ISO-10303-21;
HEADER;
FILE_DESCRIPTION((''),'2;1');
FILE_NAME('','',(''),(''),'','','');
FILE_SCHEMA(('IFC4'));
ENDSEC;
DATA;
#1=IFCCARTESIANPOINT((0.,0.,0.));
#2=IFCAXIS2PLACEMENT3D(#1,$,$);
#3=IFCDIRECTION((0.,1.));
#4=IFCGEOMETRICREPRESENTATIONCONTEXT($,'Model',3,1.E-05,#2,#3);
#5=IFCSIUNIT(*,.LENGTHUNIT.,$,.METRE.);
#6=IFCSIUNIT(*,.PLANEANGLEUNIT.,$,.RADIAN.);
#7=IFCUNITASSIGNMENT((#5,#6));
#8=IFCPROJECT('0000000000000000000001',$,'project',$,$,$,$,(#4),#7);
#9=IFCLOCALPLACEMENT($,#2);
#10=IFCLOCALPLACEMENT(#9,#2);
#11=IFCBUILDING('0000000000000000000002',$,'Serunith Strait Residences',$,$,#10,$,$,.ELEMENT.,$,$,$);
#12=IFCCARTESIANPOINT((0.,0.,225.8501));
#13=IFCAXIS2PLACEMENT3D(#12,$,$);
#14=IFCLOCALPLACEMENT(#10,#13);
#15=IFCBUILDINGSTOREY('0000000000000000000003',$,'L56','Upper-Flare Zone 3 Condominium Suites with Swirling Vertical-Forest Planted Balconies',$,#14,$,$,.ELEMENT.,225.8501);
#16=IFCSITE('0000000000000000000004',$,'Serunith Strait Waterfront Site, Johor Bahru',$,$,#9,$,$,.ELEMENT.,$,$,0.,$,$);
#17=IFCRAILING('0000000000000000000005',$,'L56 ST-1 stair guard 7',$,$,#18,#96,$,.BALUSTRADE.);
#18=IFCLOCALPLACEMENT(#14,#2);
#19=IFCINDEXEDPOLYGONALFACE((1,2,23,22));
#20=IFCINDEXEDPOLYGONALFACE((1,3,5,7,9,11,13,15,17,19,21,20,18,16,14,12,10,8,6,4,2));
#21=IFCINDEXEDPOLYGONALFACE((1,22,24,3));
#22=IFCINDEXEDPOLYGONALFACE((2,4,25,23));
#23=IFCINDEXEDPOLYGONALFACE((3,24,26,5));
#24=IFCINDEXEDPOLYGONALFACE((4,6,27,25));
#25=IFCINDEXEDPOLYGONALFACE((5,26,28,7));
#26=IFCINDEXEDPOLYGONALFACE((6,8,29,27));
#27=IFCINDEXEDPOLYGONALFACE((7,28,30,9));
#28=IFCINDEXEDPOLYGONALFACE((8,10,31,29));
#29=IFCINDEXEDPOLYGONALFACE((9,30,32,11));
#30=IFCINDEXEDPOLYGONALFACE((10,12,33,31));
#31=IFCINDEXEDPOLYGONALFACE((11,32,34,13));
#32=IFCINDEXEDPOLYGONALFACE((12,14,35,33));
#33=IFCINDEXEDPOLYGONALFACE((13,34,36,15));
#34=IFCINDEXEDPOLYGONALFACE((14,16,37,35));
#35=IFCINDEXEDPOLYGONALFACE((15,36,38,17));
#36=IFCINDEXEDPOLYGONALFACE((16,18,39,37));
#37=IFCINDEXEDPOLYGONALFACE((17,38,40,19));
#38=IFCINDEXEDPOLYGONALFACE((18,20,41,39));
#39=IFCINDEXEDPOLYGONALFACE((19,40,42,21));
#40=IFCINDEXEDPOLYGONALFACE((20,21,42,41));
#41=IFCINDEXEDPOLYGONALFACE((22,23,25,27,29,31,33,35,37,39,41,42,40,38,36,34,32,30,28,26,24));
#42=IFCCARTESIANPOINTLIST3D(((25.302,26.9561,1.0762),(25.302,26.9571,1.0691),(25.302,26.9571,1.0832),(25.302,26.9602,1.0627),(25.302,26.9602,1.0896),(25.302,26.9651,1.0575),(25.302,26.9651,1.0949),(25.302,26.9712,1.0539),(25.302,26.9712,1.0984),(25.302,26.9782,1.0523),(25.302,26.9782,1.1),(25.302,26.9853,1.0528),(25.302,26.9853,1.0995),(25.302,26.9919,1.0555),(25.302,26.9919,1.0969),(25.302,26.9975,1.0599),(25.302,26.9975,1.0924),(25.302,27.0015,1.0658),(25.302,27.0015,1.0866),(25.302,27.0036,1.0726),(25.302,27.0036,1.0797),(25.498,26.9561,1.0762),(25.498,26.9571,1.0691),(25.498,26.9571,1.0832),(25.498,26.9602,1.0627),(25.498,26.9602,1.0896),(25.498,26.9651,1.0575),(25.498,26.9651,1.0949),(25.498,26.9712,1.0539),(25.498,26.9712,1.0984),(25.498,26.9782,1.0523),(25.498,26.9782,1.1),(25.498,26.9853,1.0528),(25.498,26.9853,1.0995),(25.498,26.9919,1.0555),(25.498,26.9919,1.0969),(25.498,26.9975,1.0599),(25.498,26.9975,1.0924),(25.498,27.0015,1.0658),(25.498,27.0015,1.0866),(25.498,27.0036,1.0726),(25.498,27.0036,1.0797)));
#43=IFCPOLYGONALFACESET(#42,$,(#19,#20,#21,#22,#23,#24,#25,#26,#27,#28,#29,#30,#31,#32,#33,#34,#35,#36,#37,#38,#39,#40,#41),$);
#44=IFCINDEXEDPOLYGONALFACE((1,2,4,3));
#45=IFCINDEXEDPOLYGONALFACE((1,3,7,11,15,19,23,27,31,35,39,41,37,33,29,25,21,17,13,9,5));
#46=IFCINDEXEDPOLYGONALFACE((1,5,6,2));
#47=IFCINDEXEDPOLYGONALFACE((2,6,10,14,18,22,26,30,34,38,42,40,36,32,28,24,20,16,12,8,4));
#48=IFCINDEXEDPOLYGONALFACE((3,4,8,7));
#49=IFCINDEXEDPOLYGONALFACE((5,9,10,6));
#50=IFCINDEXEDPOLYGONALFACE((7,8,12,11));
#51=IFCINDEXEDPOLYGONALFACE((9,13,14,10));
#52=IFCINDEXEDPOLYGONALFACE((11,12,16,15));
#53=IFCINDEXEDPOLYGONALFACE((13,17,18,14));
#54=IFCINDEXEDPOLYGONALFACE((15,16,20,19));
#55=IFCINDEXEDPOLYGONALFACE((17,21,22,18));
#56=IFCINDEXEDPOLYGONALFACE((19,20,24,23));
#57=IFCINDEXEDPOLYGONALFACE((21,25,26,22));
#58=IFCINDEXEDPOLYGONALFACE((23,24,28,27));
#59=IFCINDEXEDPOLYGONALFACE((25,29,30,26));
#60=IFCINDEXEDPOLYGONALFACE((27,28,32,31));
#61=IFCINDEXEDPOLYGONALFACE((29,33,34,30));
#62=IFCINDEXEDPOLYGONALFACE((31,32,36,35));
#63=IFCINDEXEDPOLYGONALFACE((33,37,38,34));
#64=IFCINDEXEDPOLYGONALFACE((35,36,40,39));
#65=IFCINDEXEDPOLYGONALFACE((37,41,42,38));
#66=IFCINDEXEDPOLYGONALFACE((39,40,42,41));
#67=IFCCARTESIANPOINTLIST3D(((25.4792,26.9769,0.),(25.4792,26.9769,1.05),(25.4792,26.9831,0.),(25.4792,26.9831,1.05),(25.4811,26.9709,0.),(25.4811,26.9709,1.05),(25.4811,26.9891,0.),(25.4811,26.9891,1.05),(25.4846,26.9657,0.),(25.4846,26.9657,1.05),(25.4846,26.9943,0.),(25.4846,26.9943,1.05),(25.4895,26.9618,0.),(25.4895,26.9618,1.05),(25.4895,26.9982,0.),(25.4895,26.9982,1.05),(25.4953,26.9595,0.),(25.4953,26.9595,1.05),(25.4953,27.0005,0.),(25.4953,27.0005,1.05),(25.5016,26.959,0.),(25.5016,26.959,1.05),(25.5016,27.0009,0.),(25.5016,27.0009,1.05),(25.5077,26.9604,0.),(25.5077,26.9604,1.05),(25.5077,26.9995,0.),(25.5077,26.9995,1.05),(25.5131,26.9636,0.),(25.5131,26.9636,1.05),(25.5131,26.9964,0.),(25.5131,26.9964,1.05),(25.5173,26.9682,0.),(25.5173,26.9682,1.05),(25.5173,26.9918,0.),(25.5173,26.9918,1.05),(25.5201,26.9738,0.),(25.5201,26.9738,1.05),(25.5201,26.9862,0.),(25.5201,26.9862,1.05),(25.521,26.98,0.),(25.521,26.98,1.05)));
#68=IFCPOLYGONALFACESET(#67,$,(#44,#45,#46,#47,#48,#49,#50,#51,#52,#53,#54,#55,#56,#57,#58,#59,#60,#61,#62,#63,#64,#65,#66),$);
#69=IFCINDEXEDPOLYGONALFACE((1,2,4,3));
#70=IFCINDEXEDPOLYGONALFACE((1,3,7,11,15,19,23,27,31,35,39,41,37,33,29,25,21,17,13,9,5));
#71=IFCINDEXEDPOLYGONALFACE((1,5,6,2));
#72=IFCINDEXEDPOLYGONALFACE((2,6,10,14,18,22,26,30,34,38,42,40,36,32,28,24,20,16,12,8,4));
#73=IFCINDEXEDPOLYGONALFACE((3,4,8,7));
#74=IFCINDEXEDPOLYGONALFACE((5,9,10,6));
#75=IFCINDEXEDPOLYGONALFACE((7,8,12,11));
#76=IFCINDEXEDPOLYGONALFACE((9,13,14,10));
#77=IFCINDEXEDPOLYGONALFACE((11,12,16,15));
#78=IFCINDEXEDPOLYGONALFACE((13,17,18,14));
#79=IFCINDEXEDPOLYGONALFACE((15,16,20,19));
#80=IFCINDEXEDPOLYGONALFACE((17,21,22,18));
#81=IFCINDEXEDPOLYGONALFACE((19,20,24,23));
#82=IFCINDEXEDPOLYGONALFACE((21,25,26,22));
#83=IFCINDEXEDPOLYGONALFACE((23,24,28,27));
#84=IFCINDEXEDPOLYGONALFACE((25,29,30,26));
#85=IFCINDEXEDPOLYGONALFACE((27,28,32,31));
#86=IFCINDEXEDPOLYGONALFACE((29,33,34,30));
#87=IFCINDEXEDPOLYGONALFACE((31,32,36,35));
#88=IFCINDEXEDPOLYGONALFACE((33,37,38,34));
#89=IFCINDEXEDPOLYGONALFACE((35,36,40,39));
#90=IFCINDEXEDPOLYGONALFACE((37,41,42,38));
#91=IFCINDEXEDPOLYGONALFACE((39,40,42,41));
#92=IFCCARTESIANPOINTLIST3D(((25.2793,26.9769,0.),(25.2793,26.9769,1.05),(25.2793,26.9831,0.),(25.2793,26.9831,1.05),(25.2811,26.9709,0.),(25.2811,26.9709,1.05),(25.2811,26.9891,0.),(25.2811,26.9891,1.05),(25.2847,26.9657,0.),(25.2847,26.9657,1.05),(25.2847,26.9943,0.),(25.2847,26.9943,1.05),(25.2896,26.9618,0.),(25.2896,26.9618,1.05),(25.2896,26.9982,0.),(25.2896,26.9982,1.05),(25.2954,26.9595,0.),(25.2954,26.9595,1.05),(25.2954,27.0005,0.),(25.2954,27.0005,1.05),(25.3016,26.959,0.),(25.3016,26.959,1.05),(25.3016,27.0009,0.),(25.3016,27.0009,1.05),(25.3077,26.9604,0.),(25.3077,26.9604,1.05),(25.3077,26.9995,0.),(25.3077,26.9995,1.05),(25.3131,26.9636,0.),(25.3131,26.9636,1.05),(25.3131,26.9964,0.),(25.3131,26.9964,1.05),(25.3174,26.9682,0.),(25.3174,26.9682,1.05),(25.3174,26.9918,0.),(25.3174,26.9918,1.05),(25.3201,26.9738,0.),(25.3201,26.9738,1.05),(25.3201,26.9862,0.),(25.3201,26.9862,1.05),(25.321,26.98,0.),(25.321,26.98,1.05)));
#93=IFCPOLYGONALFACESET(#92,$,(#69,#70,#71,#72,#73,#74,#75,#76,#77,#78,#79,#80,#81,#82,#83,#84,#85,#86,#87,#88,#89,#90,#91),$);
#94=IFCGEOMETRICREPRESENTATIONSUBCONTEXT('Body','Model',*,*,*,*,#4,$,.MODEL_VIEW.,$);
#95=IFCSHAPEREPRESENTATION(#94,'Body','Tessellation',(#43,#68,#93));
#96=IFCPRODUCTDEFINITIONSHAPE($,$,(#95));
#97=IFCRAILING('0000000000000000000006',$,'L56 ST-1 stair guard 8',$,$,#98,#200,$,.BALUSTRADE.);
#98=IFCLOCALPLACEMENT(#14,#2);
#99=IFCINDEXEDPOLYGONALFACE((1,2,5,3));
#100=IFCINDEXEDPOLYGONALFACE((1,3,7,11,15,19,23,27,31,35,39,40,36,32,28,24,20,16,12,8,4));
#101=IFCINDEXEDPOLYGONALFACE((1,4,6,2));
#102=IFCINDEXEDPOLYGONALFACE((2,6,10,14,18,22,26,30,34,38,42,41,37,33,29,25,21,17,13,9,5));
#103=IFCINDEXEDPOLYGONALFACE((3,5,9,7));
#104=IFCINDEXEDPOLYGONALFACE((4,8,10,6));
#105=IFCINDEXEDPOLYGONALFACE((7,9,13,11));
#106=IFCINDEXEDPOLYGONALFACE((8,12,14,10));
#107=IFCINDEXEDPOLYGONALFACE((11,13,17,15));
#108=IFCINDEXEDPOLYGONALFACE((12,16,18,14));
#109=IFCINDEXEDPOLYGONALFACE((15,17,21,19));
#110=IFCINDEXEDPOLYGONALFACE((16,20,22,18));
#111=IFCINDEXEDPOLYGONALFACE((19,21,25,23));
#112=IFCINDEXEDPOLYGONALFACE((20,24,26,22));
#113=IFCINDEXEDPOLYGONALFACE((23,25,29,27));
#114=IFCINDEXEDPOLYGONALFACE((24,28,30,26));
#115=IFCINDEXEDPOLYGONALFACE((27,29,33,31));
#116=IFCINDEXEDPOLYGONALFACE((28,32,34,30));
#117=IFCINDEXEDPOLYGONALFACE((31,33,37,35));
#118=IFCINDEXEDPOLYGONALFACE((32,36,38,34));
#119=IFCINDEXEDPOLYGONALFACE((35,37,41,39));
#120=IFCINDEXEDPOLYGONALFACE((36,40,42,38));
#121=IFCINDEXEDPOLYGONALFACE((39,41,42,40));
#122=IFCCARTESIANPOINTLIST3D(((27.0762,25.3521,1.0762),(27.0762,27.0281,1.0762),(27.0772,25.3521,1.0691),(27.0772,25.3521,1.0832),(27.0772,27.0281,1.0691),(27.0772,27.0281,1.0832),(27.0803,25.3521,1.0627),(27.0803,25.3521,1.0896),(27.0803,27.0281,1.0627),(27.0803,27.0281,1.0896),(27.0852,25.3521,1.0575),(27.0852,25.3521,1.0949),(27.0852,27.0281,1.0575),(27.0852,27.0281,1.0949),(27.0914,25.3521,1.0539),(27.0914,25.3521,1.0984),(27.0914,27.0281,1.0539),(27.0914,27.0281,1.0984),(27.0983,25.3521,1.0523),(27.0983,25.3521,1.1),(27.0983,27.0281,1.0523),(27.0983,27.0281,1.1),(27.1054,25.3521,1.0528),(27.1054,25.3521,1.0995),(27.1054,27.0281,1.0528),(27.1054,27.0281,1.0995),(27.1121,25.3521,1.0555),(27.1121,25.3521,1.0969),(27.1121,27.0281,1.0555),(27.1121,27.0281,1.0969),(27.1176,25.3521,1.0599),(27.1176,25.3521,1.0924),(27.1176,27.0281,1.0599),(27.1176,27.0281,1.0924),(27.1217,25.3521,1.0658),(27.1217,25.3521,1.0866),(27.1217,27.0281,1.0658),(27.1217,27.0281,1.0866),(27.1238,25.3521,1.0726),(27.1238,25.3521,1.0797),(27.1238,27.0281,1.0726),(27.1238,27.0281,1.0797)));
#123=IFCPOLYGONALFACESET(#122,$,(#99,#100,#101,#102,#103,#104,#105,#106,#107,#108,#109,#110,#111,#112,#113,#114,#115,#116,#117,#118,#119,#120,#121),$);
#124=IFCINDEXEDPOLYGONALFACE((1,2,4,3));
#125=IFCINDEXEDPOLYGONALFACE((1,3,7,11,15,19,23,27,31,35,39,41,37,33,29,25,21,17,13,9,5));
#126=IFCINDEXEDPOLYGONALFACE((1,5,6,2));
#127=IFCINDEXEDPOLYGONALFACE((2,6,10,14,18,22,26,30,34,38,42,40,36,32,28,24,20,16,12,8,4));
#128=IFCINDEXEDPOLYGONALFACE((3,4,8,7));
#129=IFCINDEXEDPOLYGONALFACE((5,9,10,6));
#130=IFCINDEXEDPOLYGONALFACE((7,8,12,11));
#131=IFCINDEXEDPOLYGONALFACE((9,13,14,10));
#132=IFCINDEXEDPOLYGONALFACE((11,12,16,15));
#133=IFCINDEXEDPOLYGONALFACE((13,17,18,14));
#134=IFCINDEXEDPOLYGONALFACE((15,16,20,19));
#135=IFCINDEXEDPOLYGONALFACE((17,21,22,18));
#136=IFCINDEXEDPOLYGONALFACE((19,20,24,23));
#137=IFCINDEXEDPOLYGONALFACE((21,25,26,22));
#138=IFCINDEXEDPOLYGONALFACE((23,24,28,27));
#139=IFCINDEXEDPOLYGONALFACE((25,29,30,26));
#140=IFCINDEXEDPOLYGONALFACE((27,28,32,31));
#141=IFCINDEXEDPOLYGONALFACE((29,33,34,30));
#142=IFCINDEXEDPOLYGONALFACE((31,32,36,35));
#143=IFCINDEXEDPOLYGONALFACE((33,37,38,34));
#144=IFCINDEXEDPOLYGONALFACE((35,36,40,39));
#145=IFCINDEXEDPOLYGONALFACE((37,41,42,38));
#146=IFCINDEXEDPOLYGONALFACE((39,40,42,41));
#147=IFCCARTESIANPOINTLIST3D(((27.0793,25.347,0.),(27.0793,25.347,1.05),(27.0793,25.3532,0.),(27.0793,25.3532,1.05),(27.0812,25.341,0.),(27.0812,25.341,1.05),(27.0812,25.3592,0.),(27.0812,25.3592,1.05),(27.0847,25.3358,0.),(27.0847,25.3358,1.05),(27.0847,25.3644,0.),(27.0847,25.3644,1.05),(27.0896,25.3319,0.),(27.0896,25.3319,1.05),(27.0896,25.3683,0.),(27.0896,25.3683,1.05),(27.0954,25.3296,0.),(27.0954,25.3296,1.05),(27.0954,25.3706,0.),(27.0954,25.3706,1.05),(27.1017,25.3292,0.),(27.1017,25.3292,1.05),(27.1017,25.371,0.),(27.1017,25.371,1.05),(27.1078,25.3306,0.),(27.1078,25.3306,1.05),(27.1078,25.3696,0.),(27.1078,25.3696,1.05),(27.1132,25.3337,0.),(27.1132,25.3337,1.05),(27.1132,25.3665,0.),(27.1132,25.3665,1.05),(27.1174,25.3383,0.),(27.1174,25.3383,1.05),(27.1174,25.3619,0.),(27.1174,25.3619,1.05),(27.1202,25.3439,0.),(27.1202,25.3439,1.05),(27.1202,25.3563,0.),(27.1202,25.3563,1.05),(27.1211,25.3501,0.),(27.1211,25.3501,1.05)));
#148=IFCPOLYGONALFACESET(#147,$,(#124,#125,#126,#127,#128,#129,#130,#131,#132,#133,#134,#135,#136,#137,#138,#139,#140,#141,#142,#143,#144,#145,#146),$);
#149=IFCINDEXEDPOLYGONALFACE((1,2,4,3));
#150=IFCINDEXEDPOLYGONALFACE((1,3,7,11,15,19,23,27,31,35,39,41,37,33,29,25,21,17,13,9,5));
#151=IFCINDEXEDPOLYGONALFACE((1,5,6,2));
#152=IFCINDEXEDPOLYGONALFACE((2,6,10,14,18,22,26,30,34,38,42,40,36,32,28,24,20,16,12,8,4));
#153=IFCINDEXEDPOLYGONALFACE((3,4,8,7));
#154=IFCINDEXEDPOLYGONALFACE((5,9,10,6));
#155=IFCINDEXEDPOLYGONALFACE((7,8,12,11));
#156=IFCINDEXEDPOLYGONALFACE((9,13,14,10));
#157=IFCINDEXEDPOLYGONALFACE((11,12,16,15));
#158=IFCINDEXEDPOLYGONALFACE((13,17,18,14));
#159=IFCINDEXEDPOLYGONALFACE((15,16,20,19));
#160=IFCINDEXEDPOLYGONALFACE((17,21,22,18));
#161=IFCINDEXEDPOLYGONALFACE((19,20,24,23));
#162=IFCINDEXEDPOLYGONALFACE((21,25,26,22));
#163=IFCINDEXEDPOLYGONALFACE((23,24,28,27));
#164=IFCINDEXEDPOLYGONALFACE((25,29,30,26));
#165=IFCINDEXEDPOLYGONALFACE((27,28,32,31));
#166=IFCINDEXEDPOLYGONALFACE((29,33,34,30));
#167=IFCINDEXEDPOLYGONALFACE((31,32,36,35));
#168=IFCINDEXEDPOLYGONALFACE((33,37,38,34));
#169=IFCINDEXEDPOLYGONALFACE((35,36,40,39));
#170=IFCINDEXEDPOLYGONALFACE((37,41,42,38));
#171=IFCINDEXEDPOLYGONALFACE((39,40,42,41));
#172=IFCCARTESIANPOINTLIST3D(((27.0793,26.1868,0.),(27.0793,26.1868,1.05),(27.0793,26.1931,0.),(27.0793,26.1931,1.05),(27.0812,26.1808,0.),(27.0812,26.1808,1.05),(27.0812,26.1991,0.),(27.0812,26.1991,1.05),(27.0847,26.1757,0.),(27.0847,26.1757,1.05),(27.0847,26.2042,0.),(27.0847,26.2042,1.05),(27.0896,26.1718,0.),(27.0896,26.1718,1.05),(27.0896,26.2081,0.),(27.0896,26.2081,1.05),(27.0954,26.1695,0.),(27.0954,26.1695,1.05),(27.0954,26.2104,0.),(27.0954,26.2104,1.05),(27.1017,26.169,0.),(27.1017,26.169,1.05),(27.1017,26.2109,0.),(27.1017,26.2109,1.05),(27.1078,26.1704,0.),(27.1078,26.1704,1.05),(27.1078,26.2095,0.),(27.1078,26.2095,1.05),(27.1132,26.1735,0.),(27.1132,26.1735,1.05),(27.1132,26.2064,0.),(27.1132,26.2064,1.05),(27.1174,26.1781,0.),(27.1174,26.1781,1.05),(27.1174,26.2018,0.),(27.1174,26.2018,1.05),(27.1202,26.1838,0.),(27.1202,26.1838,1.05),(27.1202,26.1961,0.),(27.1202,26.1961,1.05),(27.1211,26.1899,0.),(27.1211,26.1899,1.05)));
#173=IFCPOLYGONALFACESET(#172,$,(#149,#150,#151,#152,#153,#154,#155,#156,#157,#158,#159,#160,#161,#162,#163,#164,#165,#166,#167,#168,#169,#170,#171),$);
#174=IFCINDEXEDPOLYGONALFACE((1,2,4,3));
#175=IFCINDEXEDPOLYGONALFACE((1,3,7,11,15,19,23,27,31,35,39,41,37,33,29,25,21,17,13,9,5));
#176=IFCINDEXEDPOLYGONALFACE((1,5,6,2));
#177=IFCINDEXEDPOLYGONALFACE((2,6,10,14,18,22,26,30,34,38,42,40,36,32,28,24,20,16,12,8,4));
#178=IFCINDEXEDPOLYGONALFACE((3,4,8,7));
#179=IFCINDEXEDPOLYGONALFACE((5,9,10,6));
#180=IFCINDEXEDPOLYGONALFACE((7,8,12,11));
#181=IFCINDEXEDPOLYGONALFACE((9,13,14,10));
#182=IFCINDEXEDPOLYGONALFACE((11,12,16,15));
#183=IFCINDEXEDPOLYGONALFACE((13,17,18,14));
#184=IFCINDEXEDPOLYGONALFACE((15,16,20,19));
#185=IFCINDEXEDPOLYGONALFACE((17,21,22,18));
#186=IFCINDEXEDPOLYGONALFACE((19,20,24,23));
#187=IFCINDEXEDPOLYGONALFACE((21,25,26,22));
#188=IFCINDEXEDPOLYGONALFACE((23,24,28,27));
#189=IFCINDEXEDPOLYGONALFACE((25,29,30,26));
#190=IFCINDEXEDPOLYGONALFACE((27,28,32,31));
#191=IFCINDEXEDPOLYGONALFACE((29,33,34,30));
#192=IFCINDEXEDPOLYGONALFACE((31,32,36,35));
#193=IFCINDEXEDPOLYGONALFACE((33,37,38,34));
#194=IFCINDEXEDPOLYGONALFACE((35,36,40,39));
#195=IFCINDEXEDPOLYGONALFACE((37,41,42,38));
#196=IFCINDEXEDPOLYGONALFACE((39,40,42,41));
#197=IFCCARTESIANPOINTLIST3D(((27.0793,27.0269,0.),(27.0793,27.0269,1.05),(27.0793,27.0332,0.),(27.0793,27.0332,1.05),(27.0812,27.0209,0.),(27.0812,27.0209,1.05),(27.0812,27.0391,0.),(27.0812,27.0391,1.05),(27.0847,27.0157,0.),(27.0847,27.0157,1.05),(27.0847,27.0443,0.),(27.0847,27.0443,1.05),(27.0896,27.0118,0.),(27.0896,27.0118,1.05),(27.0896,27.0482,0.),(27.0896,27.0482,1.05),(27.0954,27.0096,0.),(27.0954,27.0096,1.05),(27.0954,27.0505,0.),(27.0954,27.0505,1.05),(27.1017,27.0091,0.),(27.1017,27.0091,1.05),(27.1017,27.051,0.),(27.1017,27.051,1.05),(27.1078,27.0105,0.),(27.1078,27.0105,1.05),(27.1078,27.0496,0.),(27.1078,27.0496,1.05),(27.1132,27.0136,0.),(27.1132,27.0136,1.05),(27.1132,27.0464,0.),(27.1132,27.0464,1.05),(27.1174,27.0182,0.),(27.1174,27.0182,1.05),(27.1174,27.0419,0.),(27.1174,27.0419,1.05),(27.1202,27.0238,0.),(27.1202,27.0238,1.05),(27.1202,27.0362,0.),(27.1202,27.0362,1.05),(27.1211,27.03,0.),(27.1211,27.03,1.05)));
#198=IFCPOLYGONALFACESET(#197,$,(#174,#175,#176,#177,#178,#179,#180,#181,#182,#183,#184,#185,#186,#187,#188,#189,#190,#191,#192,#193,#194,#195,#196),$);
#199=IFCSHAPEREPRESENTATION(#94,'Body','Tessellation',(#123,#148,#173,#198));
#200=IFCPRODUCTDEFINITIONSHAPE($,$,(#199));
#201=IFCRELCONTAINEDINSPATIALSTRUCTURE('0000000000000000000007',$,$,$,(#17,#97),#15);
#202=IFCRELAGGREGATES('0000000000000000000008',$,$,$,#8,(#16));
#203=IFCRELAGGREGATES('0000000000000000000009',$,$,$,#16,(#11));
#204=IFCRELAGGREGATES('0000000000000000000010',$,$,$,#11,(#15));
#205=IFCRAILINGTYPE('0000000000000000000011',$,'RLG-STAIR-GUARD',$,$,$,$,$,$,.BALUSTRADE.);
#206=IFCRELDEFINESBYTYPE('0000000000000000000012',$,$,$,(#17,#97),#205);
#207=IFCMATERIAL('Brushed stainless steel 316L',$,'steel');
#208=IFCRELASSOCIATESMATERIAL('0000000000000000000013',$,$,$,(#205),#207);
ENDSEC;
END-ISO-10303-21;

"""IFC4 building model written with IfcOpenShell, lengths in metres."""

from ifc_helpers import new_model, si_unit, direction, frame, origin, origin_2d, place, context, subcontext, project, spatial, circle, extrude, material, type_object, element, save


model = new_model("IFC4")

# Units and contexts
model_context = context("Model", 3, precision=1e-05, world=origin(), true_north=direction((0.0, 1.0)))
body_context = subcontext(model_context, "Body", "Model", "MODEL_VIEW")
ifc_project = project(units=[si_unit("LENGTHUNIT", "METRE"), si_unit("PLANEANGLEUNIT", "RADIAN")], contexts=[model_context])

# Site, building, storey
site_placement = place(None, origin())
site = spatial("IfcSite", under=ifc_project, at=site_placement, Name="Serunith Strait Waterfront Site, Johor Bahru", CompositionType="ELEMENT", RefElevation=0.0)
building_placement = place(site_placement, origin())
building = spatial("IfcBuilding", under=site, at=building_placement, Name="Serunith Strait Residences", CompositionType="ELEMENT")
storey_placement = place(building_placement, frame((0.0, 0.0, 225.8501)))
storey = spatial("IfcBuildingStorey", under=building, at=storey_placement, Name="L56", Description="Upper-Flare Zone 3 Condominium Suites with Swirling Vertical-Forest Planted Balconies", CompositionType="ELEMENT", Elevation=225.8501)

# Railings
ifc_material_1 = material(Name="Brushed stainless steel 316L", Category="steel")
railing_type_1 = type_object("IfcRailingType", Name="RLG-STAIR-GUARD", PredefinedType="BALUSTRADE", material=ifc_material_1)
railing_1_placement = place(storey_placement, frame((25.5, 26.98, 0.0)))
element("IfcRailing", 1, at=railing_1_placement, inside=storey, type_object=railing_type_1, Name="L56 ST-1 stair guard 7", PredefinedType="BALUSTRADE", context=body_context, shape_type="SweptSolid", body=[
    extrude(circle(Radius=0.0239, at=origin_2d()), frame((-0.002, 0.0, 1.0762), z_axis=(-1.0, 0.0, 0.0), x_axis=(0.0, -1.0, 0.0)), (0.0, 0.0, 1.0), 0.196),
    extrude(circle(Radius=0.021, at=origin_2d()), origin(), (0.0, 0.0, 1.0), 1.05),
    extrude(circle(Radius=0.021, at=origin_2d()), frame((-0.2, 0.0, 0.0)), (0.0, 0.0, 1.0), 1.05),
])
for number, where, name in (
    (2, (27.1001, 25.3501, 0.0), "L56 ST-1 stair guard 8"),
):
    element("IfcRailing", number, at=place(storey_placement, frame(where)), inside=storey, type_object=railing_type_1, Name=name, PredefinedType="BALUSTRADE", context=body_context, shape_type="SweptSolid", body=[
        extrude(circle(Radius=0.0239, at=origin_2d()), frame((0.0, 0.002, 1.0762), z_axis=(0.0, 1.0, 0.0), x_axis=(-1.0, 0.0, 0.0)), (0.0, 0.0, 1.0), 1.676),
        extrude(circle(Radius=0.021, at=origin_2d()), origin(), (0.0, 0.0, 1.0), 1.05),
        extrude(circle(Radius=0.021, at=origin_2d()), frame((0.0, 0.8398, 0.0)), (0.0, 0.0, 1.0), 1.05),
        extrude(circle(Radius=0.021, at=origin_2d()), frame((0.0, 1.6799, 0.0)), (0.0, 0.0, 1.0), 1.05),
    ])

save(model, "model.ifc")
